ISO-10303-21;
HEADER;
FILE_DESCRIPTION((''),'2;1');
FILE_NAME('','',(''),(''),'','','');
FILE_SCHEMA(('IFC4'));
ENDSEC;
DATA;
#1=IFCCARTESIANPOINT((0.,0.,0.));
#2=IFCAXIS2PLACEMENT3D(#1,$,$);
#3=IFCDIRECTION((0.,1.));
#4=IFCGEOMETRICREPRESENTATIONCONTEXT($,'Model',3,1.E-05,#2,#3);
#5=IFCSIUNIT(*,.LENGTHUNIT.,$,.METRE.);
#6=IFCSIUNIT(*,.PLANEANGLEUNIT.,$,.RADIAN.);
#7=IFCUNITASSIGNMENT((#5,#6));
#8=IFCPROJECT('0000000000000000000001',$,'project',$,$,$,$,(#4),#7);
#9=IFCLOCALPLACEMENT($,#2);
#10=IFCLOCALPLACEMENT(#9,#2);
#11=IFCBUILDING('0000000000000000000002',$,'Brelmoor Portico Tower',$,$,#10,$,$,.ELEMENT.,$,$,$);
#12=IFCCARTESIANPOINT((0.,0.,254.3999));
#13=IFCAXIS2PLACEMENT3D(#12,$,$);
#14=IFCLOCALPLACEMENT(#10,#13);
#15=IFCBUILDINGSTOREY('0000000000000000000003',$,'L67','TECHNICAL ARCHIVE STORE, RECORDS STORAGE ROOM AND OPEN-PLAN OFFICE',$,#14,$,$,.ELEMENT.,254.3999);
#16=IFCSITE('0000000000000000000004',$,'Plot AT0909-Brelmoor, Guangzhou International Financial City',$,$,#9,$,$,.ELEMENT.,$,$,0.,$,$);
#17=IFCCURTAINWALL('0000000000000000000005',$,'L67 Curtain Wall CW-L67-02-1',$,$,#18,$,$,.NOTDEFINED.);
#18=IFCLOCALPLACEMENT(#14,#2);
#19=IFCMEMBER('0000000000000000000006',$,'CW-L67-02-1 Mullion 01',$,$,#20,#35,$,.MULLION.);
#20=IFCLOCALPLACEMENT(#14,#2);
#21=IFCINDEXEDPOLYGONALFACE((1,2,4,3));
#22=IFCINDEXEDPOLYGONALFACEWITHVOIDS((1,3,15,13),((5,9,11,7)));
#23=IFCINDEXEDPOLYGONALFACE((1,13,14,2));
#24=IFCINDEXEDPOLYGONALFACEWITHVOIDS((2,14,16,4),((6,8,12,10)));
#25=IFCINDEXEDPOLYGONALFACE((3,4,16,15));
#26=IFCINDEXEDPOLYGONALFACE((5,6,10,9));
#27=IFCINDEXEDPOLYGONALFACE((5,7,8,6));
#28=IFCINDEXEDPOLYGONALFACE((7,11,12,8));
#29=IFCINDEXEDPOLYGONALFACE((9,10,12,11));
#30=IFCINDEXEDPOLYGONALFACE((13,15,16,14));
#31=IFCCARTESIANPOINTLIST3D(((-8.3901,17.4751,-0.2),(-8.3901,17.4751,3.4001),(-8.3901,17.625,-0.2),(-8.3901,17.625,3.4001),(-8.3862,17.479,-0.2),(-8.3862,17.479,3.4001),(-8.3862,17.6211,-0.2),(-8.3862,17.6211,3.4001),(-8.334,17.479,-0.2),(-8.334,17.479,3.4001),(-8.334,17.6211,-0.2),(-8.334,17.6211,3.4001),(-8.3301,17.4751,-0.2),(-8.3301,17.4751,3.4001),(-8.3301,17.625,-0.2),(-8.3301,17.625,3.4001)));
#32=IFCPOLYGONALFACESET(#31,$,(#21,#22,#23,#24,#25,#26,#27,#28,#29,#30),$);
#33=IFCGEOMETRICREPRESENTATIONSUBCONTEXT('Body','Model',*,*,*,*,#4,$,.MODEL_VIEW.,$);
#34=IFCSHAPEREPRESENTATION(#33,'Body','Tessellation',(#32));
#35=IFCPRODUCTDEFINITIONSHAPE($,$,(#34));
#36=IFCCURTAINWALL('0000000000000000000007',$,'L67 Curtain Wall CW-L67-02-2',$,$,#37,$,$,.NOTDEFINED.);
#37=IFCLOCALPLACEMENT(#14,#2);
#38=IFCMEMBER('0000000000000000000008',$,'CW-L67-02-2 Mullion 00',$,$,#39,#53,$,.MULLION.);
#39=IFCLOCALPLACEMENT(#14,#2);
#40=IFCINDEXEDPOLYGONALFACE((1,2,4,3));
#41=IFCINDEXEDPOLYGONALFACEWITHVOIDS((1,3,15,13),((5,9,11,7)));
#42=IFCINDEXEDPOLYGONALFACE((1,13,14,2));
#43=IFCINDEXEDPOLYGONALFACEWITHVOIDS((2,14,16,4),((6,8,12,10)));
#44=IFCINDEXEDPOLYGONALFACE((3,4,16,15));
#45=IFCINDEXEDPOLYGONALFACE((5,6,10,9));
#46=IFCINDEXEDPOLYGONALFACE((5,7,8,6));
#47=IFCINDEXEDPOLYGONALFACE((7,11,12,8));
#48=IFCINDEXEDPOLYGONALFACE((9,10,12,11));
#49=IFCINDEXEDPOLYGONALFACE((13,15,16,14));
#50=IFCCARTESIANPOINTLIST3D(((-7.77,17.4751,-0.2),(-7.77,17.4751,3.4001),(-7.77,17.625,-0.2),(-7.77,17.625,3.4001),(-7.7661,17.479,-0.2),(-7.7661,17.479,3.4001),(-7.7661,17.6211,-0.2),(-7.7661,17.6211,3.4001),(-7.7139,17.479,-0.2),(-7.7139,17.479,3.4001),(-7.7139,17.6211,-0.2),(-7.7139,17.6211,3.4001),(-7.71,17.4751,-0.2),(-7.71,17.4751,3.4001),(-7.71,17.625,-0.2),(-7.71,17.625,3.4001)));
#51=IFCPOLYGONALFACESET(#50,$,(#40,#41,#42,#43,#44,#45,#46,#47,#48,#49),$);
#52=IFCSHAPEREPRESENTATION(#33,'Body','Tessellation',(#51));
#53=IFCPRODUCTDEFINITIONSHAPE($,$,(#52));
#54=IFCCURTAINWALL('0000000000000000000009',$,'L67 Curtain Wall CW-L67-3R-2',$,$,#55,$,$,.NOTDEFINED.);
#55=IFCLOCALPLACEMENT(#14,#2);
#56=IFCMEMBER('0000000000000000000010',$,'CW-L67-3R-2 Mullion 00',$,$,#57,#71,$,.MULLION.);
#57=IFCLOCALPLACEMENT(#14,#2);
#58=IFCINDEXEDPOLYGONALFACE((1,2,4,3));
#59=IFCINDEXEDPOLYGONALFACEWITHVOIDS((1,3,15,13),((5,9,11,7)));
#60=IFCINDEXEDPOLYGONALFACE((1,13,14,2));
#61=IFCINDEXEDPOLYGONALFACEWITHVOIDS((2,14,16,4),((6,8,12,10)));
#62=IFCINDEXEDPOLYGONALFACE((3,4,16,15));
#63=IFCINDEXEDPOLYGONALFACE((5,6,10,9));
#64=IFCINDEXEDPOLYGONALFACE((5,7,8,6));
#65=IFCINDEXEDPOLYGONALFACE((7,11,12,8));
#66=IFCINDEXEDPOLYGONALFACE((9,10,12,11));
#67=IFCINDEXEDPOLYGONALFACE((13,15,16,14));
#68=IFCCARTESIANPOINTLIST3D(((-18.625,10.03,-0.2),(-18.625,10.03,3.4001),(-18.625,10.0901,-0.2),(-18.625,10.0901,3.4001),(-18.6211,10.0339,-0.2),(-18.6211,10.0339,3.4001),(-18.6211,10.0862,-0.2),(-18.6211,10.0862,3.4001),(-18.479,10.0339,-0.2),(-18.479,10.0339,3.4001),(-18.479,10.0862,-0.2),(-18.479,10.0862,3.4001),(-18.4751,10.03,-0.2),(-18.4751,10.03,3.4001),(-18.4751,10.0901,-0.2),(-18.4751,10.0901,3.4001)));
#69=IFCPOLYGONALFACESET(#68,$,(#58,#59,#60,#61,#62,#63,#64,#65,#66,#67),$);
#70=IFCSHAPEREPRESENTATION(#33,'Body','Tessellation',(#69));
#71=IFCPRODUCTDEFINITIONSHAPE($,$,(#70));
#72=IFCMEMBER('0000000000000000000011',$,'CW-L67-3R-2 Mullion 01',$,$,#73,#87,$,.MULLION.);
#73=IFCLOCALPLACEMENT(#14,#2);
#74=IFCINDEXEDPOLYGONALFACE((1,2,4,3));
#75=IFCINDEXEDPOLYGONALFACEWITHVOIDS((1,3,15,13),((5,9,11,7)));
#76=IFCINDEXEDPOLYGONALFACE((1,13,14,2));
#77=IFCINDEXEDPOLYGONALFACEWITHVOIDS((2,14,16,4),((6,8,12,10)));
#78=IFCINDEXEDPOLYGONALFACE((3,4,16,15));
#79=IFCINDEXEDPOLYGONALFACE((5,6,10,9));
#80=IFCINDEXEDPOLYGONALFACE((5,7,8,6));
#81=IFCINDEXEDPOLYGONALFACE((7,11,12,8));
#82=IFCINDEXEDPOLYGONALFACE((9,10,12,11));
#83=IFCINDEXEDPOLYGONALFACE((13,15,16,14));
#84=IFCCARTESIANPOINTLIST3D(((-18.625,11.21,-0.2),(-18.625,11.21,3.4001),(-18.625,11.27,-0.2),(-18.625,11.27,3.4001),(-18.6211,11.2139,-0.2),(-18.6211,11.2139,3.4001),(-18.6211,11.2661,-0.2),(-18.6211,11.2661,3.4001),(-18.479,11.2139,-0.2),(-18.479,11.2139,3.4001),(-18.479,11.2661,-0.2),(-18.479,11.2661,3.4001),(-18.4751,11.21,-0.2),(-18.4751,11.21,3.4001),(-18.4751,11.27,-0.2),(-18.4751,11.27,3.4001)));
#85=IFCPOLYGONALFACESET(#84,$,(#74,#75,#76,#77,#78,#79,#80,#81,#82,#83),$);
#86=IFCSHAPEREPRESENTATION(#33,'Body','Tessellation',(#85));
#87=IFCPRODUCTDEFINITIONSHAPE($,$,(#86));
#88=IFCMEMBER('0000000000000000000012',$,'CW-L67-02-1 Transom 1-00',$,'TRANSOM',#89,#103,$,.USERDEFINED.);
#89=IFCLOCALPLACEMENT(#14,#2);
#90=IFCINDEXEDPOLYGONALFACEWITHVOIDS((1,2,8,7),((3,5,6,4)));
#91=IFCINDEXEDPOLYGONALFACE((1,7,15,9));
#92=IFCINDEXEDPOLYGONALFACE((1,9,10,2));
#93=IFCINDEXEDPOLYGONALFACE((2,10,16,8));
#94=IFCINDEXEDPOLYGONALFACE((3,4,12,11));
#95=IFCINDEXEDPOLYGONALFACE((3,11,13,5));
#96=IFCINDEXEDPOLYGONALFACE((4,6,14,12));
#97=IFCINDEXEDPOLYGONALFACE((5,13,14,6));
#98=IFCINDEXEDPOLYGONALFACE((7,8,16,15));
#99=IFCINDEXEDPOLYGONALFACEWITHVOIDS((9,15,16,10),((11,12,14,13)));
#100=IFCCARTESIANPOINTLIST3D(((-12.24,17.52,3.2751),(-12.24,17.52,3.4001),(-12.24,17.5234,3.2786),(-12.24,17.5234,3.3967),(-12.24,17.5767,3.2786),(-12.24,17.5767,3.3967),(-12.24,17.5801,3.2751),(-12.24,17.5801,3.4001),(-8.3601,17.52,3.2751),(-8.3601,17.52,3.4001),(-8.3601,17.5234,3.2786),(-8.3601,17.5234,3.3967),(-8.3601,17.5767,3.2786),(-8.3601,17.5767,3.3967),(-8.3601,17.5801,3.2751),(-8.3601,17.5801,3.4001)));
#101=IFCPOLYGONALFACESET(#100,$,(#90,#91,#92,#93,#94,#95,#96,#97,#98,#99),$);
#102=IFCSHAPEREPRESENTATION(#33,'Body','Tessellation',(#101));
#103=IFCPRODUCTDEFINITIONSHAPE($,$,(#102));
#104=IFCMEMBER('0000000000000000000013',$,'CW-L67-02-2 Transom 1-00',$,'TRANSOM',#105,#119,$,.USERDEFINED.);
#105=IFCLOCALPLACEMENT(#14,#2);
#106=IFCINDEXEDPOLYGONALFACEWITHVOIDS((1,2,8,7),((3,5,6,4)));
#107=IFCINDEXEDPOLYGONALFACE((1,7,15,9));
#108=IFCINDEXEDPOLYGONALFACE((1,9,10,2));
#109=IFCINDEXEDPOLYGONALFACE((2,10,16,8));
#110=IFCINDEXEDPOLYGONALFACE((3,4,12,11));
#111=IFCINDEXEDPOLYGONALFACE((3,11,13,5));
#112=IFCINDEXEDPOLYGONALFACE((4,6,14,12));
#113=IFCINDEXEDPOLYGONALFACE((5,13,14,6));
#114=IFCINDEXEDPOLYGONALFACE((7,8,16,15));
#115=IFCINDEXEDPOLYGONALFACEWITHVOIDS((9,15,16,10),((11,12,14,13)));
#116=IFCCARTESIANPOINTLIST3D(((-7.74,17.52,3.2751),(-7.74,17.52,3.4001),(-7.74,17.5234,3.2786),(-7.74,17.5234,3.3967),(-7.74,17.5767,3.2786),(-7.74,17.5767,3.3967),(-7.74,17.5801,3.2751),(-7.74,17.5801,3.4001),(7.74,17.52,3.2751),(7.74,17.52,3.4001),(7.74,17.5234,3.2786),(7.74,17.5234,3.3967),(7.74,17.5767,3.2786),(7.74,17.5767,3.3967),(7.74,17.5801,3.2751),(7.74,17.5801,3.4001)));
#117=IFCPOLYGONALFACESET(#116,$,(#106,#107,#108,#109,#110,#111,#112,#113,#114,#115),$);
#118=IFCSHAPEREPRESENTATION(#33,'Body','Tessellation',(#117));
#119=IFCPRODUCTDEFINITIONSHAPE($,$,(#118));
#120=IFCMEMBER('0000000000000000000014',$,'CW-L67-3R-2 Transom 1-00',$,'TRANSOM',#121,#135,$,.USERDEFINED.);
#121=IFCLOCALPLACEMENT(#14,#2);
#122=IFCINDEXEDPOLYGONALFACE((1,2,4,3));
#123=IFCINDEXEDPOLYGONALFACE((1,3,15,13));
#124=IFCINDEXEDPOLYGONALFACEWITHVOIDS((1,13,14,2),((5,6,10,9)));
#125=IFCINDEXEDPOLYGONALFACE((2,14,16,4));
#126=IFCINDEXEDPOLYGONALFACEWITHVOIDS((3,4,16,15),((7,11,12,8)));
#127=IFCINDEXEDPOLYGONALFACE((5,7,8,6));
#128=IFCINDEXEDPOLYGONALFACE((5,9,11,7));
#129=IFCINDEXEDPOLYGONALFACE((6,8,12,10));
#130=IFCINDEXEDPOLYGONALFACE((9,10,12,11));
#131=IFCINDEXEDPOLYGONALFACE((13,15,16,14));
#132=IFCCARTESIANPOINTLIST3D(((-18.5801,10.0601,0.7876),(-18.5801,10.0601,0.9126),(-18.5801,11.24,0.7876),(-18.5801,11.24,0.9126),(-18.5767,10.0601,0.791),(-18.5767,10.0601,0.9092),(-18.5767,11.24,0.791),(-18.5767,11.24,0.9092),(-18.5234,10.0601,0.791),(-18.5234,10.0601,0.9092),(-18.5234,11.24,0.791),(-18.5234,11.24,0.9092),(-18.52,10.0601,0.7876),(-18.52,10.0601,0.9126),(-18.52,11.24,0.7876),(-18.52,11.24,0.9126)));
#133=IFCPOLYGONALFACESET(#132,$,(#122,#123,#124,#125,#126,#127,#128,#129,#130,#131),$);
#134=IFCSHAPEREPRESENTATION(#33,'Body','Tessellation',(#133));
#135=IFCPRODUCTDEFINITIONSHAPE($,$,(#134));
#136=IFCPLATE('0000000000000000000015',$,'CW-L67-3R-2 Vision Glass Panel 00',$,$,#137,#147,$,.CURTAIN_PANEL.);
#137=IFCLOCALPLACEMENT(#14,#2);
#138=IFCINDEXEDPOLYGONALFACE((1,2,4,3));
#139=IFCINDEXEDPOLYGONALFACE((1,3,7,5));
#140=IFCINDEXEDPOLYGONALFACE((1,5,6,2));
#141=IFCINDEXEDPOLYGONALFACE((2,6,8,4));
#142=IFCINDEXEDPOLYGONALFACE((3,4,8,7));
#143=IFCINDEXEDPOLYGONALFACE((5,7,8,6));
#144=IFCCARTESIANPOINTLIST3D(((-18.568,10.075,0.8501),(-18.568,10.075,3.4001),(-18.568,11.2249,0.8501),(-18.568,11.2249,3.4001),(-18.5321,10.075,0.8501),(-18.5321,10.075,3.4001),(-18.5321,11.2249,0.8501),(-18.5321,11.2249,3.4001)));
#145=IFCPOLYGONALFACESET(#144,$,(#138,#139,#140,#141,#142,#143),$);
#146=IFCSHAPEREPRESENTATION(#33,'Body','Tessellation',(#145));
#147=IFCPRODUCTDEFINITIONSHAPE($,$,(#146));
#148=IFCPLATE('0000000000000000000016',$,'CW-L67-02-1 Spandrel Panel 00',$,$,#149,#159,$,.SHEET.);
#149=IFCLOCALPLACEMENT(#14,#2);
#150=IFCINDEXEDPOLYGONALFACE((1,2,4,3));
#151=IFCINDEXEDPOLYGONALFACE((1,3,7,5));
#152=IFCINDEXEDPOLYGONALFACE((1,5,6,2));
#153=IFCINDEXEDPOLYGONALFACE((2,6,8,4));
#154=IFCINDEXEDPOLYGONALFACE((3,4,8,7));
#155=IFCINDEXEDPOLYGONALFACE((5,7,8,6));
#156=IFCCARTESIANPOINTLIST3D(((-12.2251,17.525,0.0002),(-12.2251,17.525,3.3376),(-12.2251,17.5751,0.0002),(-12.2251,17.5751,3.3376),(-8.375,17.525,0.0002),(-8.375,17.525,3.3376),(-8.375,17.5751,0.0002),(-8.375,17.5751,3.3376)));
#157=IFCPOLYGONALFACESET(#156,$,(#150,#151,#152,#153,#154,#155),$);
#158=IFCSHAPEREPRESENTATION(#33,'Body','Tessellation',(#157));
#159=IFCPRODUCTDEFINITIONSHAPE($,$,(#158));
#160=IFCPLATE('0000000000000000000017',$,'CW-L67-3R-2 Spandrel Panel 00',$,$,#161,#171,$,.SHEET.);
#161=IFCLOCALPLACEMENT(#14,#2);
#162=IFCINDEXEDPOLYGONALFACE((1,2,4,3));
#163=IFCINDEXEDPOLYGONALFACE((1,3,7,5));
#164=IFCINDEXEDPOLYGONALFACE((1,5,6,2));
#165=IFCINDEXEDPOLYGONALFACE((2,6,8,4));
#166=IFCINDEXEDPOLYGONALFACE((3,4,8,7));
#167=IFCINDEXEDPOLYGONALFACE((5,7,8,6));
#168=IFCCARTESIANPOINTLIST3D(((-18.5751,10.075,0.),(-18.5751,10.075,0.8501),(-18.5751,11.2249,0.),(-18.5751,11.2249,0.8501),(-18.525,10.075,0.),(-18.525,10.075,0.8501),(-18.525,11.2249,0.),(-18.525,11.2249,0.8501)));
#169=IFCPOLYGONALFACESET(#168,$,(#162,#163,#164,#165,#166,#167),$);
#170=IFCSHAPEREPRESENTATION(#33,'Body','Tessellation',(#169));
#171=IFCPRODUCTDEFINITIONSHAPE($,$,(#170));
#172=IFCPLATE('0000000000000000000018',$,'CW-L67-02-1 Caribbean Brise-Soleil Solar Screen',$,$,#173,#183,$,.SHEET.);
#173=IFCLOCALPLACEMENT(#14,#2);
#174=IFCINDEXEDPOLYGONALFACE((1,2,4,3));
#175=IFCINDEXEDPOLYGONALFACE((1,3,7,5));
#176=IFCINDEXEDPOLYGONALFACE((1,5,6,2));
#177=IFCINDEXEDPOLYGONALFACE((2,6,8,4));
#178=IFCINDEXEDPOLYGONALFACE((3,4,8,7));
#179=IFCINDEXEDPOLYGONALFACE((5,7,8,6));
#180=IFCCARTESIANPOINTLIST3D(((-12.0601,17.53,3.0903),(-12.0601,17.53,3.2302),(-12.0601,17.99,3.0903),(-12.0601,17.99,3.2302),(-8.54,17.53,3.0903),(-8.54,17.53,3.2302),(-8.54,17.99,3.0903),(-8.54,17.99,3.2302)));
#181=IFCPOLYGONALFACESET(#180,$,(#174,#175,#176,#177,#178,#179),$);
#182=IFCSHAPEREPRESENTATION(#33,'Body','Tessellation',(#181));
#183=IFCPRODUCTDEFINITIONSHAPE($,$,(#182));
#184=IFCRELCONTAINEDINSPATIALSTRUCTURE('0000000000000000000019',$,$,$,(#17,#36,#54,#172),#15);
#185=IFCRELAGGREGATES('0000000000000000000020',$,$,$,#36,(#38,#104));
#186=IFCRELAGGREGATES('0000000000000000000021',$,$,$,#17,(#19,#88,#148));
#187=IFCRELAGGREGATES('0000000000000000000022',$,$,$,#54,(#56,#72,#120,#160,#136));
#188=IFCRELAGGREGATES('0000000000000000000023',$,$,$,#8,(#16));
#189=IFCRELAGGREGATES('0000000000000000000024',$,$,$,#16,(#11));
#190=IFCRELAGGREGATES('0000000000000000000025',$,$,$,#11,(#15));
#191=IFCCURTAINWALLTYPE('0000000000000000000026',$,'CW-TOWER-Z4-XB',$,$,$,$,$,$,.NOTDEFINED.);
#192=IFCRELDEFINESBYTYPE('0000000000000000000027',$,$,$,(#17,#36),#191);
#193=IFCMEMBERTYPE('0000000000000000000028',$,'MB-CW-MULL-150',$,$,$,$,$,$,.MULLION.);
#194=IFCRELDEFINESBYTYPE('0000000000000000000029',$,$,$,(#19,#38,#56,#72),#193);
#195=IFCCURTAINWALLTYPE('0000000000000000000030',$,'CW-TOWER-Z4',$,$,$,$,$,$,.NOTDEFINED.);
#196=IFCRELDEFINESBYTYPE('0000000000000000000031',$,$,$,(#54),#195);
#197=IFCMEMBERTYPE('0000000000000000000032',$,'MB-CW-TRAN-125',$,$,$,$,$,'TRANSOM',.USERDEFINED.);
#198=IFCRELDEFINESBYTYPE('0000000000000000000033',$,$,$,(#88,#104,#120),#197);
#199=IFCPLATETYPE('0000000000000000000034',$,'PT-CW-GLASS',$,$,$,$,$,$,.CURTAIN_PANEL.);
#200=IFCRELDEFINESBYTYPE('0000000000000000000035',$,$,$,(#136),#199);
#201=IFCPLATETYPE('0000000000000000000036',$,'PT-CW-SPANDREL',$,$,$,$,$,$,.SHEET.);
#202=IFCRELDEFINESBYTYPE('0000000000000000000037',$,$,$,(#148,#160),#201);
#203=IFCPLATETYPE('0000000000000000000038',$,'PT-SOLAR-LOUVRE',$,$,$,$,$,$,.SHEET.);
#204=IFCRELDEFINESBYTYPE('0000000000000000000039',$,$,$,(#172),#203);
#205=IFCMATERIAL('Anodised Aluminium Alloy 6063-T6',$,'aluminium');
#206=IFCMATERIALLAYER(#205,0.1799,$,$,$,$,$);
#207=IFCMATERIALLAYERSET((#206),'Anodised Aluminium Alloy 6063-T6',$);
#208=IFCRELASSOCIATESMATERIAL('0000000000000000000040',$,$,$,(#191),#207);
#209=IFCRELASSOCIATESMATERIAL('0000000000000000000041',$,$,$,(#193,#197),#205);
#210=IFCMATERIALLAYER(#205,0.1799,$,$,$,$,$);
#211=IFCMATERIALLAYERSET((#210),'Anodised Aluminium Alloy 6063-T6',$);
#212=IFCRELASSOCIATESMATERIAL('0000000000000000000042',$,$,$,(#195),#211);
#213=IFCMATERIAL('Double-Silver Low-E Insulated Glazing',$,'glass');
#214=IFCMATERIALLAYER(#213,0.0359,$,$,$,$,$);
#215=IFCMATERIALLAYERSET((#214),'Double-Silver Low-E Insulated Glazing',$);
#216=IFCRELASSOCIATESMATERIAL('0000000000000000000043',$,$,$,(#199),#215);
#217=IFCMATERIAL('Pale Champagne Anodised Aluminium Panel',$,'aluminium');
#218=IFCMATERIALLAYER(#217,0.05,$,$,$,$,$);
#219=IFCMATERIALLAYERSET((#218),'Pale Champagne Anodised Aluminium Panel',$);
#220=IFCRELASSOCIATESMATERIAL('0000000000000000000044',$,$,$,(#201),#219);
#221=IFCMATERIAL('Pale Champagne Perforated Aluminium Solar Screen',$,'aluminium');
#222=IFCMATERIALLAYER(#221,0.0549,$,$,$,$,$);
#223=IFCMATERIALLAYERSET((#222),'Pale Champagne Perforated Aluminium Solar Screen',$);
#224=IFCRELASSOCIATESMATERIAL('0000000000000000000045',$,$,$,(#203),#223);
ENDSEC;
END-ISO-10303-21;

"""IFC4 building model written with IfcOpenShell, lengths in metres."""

from ifc_helpers import new_model, si_unit, direction, frame, origin, origin_2d, place, context, subcontext, project, spatial, rectangle, hollow_rectangle, extrude, material, layer, layer_set, material_profile, profile_set, type_object, element, aggregate, save


model = new_model("IFC4")

# Units and contexts
model_context = context("Model", 3, precision=1e-05, world=origin(), true_north=direction((0.0, 1.0)))
body_context = subcontext(model_context, "Body", "Model", "MODEL_VIEW")
ifc_project = project(units=[si_unit("LENGTHUNIT", "METRE"), si_unit("PLANEANGLEUNIT", "RADIAN")], contexts=[model_context])

# Site, building, storey
site_placement = place(None, origin())
site = spatial("IfcSite", under=ifc_project, at=site_placement, Name="Plot AT0909-Brelmoor, Guangzhou International Financial City", CompositionType="ELEMENT", RefElevation=0.0)
building_placement = place(site_placement, origin())
building = spatial("IfcBuilding", under=site, at=building_placement, Name="Brelmoor Portico Tower", CompositionType="ELEMENT")
storey_placement = place(building_placement, frame((0.0, 0.0, 254.3999)))
storey = spatial("IfcBuildingStorey", under=building, at=storey_placement, Name="L67", Description="TECHNICAL ARCHIVE STORE, RECORDS STORAGE ROOM AND OPEN-PLAN OFFICE", CompositionType="ELEMENT", Elevation=254.3999)

# Curtain wall, member
ifc_material_1 = material(Name="Anodised Aluminium Alloy 6063-T6", Category="aluminium")
ifc_layer_1 = layer(ifc_material_1, 0.1799)
ifc_layer_set_1 = layer_set([ifc_layer_1], Name="Anodised Aluminium Alloy 6063-T6")
curtain_wall_type_1 = type_object("IfcCurtainWallType", Name="CW-TOWER-Z4-XB", PredefinedType="NOTDEFINED", material=ifc_layer_set_1)
curtain_wall_1_placement = place(storey_placement, origin())
curtain_wall_1 = element("IfcCurtainWall", 1, at=curtain_wall_1_placement, inside=storey, type_object=curtain_wall_type_1, Name="L67 Curtain Wall CW-L67-02-1", PredefinedType="NOTDEFINED")
ifc_material_profile_1 = material_profile(ifc_material_1, hollow_rectangle(XDim=0.0601, YDim=0.1499, WallThickness=0.0039, at=origin_2d()), Name="ALU MULLION 60x150")
ifc_profile_set_1 = profile_set([ifc_material_profile_1], Name="Anodised Aluminium Alloy 6063-T6")
member_type_1 = type_object("IfcMemberType", Name="MB-CW-MULL-150", PredefinedType="MULLION", material=ifc_profile_set_1)
member_1_placement = place(storey_placement, frame((-8.3601, 17.55, -0.2), z_axis=(0.0, 0.0, 1.0), x_axis=(1.0, 0.0, 0.0)))
member_1 = element("IfcMember", 2, at=member_1_placement, type_object=member_type_1, Name="CW-L67-02-1 Mullion 01", PredefinedType="MULLION", context=body_context, shape_type="SweptSolid", body=[
    extrude(hollow_rectangle(XDim=0.0601, YDim=0.1499, WallThickness=0.0039, at=origin_2d()), origin(), (0.0, 0.0, 1.0), 3.6001),
])

# Curtain wall, member
curtain_wall_2_placement = place(storey_placement, origin())
curtain_wall_2 = element("IfcCurtainWall", 3, at=curtain_wall_2_placement, inside=storey, type_object=curtain_wall_type_1, Name="L67 Curtain Wall CW-L67-02-2", PredefinedType="NOTDEFINED")
member_2_placement = place(storey_placement, frame((-7.74, 17.55, -0.2), z_axis=(0.0, 0.0, 1.0), x_axis=(1.0, 0.0, 0.0)))
member_2 = element("IfcMember", 4, at=member_2_placement, type_object=member_type_1, Name="CW-L67-02-2 Mullion 00", PredefinedType="MULLION", context=body_context, shape_type="SweptSolid", body=[
    extrude(hollow_rectangle(XDim=0.0601, YDim=0.1499, WallThickness=0.0039, at=origin_2d()), origin(), (0.0, 0.0, 1.0), 3.6001),
])

# Curtain wall, members
ifc_layer_2 = layer(ifc_material_1, 0.1799)
ifc_layer_set_2 = layer_set([ifc_layer_2], Name="Anodised Aluminium Alloy 6063-T6")
curtain_wall_type_2 = type_object("IfcCurtainWallType", Name="CW-TOWER-Z4", PredefinedType="NOTDEFINED", material=ifc_layer_set_2)
curtain_wall_3_placement = place(storey_placement, origin())
curtain_wall_3 = element("IfcCurtainWall", 5, at=curtain_wall_3_placement, inside=storey, type_object=curtain_wall_type_2, Name="L67 Curtain Wall CW-L67-3R-2", PredefinedType="NOTDEFINED")
member_3_placement = place(storey_placement, frame((-18.55, 10.0601, -0.2), z_axis=(0.0, 0.0, 1.0), x_axis=(0.0, 1.0, 0.0)))
member_3 = element("IfcMember", 6, at=member_3_placement, type_object=member_type_1, Name="CW-L67-3R-2 Mullion 00", PredefinedType="MULLION", context=body_context, shape_type="SweptSolid", body=[
    extrude(hollow_rectangle(XDim=0.0601, YDim=0.1499, WallThickness=0.0039, at=origin_2d()), origin(), (0.0, 0.0, 1.0), 3.6001),
])
member_4_placement = place(storey_placement, frame((-18.55, 11.24, -0.2), z_axis=(0.0, 0.0, 1.0), x_axis=(0.0, 1.0, 0.0)))
member_4 = element("IfcMember", 7, at=member_4_placement, type_object=member_type_1, Name="CW-L67-3R-2 Mullion 01", PredefinedType="MULLION", context=body_context, shape_type="SweptSolid", body=[
    extrude(hollow_rectangle(XDim=0.0601, YDim=0.1499, WallThickness=0.0039, at=origin_2d()), origin(), (0.0, 0.0, 1.0), 3.6001),
])

# Members
ifc_material_profile_2 = material_profile(ifc_material_1, hollow_rectangle(XDim=0.0601, YDim=0.125, WallThickness=0.0034, at=origin_2d()), Name="ALU TRANSOM 60x125")
ifc_profile_set_2 = profile_set([ifc_material_profile_2], Name="Anodised Aluminium Alloy 6063-T6")
member_type_2 = type_object("IfcMemberType", Name="MB-CW-TRAN-125", ElementType="TRANSOM", PredefinedType="USERDEFINED", material=ifc_profile_set_2)
member_5_placement = place(storey_placement, frame((-12.24, 17.55, 3.3376), z_axis=(1.0, 0.0, 0.0), x_axis=(0.0, 1.0, 0.0)))
member_5 = element("IfcMember", 8, at=member_5_placement, type_object=member_type_2, Name="CW-L67-02-1 Transom 1-00", ObjectType="TRANSOM", PredefinedType="USERDEFINED", context=body_context, shape_type="SweptSolid", body=[
    extrude(hollow_rectangle(XDim=0.0601, YDim=0.125, WallThickness=0.0034, at=origin_2d()), origin(), (0.0, 0.0, 1.0), 3.8799),
])
member_6_placement = place(storey_placement, frame((-7.74, 17.55, 3.3376), z_axis=(1.0, 0.0, 0.0), x_axis=(0.0, 1.0, 0.0)))
member_6 = element("IfcMember", 9, at=member_6_placement, type_object=member_type_2, Name="CW-L67-02-2 Transom 1-00", ObjectType="TRANSOM", PredefinedType="USERDEFINED", context=body_context, shape_type="SweptSolid", body=[
    extrude(hollow_rectangle(XDim=0.0601, YDim=0.125, WallThickness=0.0034, at=origin_2d()), origin(), (0.0, 0.0, 1.0), 15.48),
])
aggregate(curtain_wall_2, [member_2, member_6])
member_7_placement = place(storey_placement, frame((-18.55, 10.0601, 0.8501), z_axis=(0.0, 1.0, 0.0), x_axis=(-1.0, 0.0, 0.0)))
member_7 = element("IfcMember", 10, at=member_7_placement, type_object=member_type_2, Name="CW-L67-3R-2 Transom 1-00", ObjectType="TRANSOM", PredefinedType="USERDEFINED", context=body_context, shape_type="SweptSolid", body=[
    extrude(hollow_rectangle(XDim=0.0601, YDim=0.125, WallThickness=0.0034, at=origin_2d()), origin(), (0.0, 0.0, 1.0), 1.1799),
])

# Plates
ifc_material_2 = material(Name="Double-Silver Low-E Insulated Glazing", Category="glass")
ifc_layer_3 = layer(ifc_material_2, 0.0359)
ifc_layer_set_3 = layer_set([ifc_layer_3], Name="Double-Silver Low-E Insulated Glazing")
plate_type_1 = type_object("IfcPlateType", Name="PT-CW-GLASS", PredefinedType="CURTAIN_PANEL", material=ifc_layer_set_3)
plate_1_placement = place(storey_placement, frame((-18.55, 10.6499, 0.8501), z_axis=(0.0, 0.0, 1.0), x_axis=(0.0, 1.0, 0.0)))
plate_1 = element("IfcPlate", 11, at=plate_1_placement, type_object=plate_type_1, Name="CW-L67-3R-2 Vision Glass Panel 00", PredefinedType="CURTAIN_PANEL", context=body_context, shape_type="SweptSolid", body=[
    extrude(rectangle(XDim=1.1499, YDim=0.0359, at=origin_2d()), origin(), (0.0, 0.0, 1.0), 2.55),
])
ifc_material_3 = material(Name="Pale Champagne Anodised Aluminium Panel", Category="aluminium")
ifc_layer_4 = layer(ifc_material_3, 0.05)
ifc_layer_set_4 = layer_set([ifc_layer_4], Name="Pale Champagne Anodised Aluminium Panel")
plate_type_2 = type_object("IfcPlateType", Name="PT-CW-SPANDREL", PredefinedType="SHEET", material=ifc_layer_set_4)
plate_2_placement = place(storey_placement, frame((-10.3, 17.55, 0.0002), z_axis=(0.0, 0.0, 1.0), x_axis=(1.0, 0.0, 0.0)))
plate_2 = element("IfcPlate", 12, at=plate_2_placement, type_object=plate_type_2, Name="CW-L67-02-1 Spandrel Panel 00", PredefinedType="SHEET", context=body_context, shape_type="SweptSolid", body=[
    extrude(rectangle(XDim=3.8501, YDim=0.05, at=origin_2d()), origin(), (0.0, 0.0, 1.0), 3.3374),
])
aggregate(curtain_wall_1, [member_1, member_5, plate_2])
plate_3_placement = place(storey_placement, frame((-18.55, 10.6499, 0.0), z_axis=(0.0, 0.0, 1.0), x_axis=(0.0, 1.0, 0.0)))
plate_3 = element("IfcPlate", 13, at=plate_3_placement, type_object=plate_type_2, Name="CW-L67-3R-2 Spandrel Panel 00", PredefinedType="SHEET", context=body_context, shape_type="SweptSolid", body=[
    extrude(rectangle(XDim=1.1499, YDim=0.05, at=origin_2d()), origin(), (0.0, 0.0, 1.0), 0.8501),
])
aggregate(curtain_wall_3, [member_3, member_4, member_7, plate_3, plate_1])
ifc_material_4 = material(Name="Pale Champagne Perforated Aluminium Solar Screen", Category="aluminium")
ifc_layer_5 = layer(ifc_material_4, 0.0549)
ifc_layer_set_5 = layer_set([ifc_layer_5], Name="Pale Champagne Perforated Aluminium Solar Screen")
plate_type_3 = type_object("IfcPlateType", Name="PT-SOLAR-LOUVRE", PredefinedType="SHEET", material=ifc_layer_set_5)
plate_4_placement = place(storey_placement, frame((-10.3, 17.76, 3.0903), z_axis=(0.0, 0.0, 1.0), x_axis=(1.0, 0.0, 0.0)))
element("IfcPlate", 14, at=plate_4_placement, inside=storey, type_object=plate_type_3, Name="CW-L67-02-1 Caribbean Brise-Soleil Solar Screen", PredefinedType="SHEET", context=body_context, shape_type="SweptSolid", body=[
    extrude(rectangle(XDim=3.52, YDim=0.46, at=origin_2d()), origin(), (0.0, 0.0, 1.0), 0.1399),
])

save(model, "model.ifc")
